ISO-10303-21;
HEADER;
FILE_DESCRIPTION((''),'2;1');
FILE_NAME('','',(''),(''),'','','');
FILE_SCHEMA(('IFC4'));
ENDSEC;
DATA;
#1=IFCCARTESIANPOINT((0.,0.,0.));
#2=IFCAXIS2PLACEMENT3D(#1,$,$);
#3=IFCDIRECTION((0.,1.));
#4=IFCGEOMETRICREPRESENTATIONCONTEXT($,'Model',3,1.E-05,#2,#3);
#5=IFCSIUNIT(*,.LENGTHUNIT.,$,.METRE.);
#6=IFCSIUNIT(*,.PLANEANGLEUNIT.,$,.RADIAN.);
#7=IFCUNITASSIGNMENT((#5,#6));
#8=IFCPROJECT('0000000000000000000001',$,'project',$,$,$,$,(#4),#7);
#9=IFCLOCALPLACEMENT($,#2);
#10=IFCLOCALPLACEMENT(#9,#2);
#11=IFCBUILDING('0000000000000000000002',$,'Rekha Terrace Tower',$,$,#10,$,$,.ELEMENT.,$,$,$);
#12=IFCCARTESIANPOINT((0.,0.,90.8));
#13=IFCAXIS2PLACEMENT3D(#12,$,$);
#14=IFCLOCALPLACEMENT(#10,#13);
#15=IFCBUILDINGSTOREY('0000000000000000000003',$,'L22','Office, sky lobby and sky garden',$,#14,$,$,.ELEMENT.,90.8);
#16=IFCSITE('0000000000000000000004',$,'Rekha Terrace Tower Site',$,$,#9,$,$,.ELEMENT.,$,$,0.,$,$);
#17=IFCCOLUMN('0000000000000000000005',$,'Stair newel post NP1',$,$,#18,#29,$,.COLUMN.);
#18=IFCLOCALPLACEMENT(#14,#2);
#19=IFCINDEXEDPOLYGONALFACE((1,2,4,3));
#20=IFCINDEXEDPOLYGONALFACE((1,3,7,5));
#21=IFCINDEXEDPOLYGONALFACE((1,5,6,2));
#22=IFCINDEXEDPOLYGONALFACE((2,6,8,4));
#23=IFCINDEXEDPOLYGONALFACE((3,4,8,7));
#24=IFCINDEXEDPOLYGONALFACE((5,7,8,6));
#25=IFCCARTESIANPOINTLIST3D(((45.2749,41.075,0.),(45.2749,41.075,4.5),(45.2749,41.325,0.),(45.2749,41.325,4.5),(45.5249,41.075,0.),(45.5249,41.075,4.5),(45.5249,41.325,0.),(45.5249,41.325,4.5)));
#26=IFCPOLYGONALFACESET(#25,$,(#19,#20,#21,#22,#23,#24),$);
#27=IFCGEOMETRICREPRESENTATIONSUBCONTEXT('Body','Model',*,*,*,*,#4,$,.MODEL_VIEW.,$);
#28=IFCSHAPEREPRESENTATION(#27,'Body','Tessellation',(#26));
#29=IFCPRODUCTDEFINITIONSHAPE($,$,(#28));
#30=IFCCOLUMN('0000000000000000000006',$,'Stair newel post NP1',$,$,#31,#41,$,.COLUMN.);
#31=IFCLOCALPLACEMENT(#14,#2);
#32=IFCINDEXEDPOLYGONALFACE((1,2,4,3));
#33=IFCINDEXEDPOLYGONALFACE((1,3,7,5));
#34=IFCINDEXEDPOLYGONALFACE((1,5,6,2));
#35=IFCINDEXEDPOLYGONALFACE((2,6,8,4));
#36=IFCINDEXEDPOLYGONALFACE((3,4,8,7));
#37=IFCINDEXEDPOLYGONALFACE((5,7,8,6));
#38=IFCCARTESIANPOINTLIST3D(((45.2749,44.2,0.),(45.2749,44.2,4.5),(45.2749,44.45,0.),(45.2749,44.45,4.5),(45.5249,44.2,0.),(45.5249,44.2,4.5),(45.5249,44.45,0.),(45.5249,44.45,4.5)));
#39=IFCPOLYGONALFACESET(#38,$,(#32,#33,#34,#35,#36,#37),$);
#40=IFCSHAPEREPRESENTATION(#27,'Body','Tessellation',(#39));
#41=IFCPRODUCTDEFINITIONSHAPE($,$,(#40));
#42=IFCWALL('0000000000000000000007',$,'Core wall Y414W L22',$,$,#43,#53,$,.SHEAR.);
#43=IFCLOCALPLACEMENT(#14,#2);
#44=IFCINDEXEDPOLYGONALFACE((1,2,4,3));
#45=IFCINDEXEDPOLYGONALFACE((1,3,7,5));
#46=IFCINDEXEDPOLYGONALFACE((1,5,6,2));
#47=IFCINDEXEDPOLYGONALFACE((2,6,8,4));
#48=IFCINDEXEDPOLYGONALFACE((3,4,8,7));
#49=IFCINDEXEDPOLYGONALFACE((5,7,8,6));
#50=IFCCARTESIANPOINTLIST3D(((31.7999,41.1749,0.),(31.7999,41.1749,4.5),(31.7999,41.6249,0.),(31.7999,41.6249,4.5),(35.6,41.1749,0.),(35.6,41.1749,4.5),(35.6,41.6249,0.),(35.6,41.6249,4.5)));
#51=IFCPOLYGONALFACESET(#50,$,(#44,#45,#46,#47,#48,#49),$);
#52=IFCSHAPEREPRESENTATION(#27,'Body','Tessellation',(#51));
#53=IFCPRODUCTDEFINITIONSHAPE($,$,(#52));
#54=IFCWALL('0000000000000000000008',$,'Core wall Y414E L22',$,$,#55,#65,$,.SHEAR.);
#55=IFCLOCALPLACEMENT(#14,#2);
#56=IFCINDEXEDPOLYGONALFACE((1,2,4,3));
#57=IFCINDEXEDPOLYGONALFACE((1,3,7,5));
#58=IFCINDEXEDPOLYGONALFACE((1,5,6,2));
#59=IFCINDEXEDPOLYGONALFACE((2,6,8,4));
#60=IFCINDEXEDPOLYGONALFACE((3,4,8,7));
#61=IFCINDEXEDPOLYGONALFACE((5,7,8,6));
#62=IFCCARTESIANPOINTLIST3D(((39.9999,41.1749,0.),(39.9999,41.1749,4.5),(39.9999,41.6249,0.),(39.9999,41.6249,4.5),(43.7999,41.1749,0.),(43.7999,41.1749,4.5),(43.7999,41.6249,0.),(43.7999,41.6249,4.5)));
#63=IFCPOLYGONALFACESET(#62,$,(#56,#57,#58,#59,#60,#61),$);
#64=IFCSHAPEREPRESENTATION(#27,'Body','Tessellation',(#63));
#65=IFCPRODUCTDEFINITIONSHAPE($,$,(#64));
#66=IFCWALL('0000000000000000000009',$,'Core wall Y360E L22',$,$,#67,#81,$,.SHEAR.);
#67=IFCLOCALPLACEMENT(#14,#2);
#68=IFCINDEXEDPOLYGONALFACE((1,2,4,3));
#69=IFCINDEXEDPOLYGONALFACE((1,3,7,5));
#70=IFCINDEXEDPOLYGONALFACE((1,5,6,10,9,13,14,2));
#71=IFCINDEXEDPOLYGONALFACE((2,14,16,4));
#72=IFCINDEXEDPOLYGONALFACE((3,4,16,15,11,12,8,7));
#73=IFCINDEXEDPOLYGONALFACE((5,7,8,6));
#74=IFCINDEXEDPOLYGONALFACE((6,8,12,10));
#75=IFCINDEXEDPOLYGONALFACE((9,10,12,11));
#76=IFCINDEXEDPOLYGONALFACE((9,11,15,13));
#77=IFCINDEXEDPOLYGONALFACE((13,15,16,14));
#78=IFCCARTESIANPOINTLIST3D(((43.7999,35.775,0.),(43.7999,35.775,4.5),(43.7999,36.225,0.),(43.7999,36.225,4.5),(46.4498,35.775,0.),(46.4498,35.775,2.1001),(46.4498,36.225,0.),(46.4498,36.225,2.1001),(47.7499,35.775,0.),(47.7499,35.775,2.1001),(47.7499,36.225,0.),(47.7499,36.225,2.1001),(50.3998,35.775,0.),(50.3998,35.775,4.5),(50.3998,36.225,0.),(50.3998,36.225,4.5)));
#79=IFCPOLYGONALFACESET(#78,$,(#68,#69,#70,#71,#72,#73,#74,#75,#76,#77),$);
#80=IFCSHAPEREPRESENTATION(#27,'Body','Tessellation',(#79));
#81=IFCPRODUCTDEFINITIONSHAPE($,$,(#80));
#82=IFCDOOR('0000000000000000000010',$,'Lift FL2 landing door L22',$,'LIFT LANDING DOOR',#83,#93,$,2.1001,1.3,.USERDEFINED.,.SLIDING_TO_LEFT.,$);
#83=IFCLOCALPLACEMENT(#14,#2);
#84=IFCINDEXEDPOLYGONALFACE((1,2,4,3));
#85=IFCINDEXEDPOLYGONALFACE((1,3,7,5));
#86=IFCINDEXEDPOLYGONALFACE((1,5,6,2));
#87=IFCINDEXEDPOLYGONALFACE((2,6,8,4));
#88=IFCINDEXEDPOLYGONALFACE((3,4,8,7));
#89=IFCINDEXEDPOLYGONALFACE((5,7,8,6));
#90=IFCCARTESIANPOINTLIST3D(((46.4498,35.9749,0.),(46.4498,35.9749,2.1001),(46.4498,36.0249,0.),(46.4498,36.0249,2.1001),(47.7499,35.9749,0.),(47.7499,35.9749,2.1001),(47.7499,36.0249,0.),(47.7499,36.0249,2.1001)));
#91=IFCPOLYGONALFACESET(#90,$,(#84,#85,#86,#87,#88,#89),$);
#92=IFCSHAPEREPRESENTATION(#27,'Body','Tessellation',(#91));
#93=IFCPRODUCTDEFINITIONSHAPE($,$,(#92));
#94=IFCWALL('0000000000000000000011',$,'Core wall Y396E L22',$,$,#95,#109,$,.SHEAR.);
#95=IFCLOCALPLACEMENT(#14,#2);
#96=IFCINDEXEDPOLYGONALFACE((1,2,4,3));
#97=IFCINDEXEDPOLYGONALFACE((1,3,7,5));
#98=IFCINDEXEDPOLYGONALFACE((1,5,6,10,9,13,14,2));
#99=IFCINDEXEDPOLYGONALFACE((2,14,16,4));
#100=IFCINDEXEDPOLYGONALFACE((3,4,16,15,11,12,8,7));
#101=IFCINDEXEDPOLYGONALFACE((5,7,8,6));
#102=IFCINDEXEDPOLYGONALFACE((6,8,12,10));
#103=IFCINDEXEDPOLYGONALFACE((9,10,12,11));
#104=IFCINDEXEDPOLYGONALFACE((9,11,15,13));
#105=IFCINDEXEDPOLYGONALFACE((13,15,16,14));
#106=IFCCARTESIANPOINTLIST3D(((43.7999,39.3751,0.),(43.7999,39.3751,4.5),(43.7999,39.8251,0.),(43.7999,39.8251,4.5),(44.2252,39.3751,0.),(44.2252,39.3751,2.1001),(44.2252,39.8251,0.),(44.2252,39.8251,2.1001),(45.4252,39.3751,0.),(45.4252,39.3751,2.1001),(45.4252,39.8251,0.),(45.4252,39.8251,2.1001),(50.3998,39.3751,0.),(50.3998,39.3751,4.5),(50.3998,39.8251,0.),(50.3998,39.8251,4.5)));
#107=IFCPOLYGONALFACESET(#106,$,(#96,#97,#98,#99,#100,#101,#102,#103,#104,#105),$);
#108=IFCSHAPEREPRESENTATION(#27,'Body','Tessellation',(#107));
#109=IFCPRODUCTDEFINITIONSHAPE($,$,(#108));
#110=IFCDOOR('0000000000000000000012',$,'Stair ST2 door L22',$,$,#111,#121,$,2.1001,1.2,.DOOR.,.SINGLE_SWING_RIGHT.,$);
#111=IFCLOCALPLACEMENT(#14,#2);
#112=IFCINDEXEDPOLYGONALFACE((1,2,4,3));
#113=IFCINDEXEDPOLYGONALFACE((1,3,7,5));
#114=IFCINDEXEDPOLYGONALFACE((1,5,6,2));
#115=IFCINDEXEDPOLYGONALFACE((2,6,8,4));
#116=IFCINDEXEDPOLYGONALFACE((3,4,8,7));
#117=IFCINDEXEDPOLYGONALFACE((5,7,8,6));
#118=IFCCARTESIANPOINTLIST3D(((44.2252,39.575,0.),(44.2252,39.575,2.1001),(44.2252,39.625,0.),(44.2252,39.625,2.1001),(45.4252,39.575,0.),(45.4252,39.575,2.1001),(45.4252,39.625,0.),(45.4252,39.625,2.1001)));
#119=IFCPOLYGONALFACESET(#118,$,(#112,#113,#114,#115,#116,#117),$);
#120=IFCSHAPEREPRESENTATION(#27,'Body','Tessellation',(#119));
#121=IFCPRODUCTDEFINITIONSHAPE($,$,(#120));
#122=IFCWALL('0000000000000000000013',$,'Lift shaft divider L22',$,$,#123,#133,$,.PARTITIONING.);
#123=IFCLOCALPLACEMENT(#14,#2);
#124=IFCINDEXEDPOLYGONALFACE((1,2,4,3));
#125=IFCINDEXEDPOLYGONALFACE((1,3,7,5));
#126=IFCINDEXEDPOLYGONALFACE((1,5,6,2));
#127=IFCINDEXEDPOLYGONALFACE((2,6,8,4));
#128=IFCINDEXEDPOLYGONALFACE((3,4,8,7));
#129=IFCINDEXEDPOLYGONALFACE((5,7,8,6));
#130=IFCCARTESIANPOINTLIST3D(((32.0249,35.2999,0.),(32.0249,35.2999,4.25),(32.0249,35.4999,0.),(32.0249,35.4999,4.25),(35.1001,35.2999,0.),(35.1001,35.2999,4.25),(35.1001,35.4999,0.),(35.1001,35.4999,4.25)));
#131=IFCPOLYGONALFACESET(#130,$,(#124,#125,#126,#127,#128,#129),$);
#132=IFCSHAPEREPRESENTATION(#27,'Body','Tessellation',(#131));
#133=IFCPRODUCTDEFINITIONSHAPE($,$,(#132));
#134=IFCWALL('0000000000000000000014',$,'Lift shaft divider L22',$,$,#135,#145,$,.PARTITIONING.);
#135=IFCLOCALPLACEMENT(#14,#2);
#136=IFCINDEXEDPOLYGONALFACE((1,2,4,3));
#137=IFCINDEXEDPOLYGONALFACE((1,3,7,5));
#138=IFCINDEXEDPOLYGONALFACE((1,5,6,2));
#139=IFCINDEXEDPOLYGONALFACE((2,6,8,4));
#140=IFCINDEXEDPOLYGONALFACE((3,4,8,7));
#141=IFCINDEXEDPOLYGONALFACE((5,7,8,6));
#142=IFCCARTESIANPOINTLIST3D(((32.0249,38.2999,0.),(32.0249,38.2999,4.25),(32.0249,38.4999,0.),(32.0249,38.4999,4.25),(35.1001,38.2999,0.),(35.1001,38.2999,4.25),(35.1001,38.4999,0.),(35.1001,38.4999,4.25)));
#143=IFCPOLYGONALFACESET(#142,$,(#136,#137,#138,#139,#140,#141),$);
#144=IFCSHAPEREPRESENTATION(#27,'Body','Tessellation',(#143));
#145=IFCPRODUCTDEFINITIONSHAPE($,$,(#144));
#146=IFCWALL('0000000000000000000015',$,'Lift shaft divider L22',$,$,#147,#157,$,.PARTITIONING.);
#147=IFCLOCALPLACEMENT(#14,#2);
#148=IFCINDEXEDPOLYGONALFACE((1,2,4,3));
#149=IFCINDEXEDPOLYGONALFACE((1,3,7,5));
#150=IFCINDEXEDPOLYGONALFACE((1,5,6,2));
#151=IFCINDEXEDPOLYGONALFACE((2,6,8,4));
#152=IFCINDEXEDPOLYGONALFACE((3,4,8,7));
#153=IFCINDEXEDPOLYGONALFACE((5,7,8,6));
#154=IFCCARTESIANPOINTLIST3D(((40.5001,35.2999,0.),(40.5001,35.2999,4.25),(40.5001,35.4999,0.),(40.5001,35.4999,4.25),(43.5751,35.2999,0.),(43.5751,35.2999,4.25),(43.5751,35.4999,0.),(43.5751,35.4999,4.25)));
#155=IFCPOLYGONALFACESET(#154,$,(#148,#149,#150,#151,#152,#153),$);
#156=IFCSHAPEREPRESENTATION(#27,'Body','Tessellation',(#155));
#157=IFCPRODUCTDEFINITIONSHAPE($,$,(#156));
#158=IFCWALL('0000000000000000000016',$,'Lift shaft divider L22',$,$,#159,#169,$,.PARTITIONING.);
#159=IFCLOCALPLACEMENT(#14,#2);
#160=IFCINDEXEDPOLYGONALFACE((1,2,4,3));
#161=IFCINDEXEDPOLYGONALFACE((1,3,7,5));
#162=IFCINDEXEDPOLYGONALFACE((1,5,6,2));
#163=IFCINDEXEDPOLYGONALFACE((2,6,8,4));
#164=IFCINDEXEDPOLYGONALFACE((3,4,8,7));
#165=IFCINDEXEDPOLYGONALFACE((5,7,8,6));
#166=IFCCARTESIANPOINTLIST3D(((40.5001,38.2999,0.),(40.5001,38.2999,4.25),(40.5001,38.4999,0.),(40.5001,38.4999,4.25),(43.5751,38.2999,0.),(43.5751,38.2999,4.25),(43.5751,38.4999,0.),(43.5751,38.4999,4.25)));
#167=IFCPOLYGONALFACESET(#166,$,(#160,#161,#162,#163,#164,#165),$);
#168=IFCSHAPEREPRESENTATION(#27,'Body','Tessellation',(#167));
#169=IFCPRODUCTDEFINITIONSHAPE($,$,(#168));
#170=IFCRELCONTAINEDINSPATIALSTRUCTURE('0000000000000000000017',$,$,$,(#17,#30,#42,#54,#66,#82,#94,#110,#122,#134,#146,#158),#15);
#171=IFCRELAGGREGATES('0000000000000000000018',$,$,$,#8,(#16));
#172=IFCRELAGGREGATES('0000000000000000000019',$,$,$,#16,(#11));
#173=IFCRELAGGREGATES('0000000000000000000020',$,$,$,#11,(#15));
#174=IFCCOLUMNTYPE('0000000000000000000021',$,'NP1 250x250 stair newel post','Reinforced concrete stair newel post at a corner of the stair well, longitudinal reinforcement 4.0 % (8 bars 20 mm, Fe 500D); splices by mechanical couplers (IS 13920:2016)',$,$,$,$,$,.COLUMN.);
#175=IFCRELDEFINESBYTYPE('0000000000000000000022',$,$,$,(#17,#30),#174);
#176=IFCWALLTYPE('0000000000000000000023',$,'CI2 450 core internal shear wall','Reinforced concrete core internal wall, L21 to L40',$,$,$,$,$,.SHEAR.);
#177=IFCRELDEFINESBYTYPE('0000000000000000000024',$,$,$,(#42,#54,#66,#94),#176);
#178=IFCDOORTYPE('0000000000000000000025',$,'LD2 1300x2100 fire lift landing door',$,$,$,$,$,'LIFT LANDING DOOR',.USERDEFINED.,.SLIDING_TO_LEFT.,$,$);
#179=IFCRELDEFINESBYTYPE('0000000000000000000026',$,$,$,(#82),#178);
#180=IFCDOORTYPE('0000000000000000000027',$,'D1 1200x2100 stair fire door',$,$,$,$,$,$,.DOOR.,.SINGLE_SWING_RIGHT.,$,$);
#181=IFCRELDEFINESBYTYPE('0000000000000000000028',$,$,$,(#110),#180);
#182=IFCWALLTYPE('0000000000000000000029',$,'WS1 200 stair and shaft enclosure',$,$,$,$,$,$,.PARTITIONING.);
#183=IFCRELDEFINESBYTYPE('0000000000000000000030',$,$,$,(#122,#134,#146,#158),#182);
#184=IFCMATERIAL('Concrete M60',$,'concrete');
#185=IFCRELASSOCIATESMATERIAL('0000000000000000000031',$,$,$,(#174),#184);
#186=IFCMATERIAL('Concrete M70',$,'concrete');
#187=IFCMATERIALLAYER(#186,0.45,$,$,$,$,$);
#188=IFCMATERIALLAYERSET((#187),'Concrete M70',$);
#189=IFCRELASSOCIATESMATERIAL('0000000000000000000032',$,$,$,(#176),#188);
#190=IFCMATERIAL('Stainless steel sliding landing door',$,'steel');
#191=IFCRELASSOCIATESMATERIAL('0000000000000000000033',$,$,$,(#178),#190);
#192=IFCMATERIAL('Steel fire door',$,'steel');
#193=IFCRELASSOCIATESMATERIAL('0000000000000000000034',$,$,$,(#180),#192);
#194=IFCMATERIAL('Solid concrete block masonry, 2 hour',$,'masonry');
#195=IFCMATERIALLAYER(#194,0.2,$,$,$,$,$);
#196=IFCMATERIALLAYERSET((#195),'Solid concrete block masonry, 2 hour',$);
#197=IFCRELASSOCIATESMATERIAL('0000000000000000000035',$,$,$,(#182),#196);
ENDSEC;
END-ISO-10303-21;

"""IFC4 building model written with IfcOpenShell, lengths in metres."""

from ifc_helpers import new_model, si_unit, direction, frame, frame_2d, origin, origin_2d, place, context, subcontext, project, spatial, rectangle, extrude, material, layer, layer_set, material_profile, profile_set, type_object, element, fill, save


model = new_model("IFC4")

# Units and contexts
model_context = context("Model", 3, precision=1e-05, world=origin(), true_north=direction((0.0, 1.0)))
body_context = subcontext(model_context, "Body", "Model", "MODEL_VIEW")
ifc_project = project(units=[si_unit("LENGTHUNIT", "METRE"), si_unit("PLANEANGLEUNIT", "RADIAN")], contexts=[model_context])

# Site, building, storey
site_placement = place(None, origin())
site = spatial("IfcSite", under=ifc_project, at=site_placement, Name="Rekha Terrace Tower Site", CompositionType="ELEMENT", RefElevation=0.0)
building_placement = place(site_placement, origin())
building = spatial("IfcBuilding", under=site, at=building_placement, Name="Rekha Terrace Tower", CompositionType="ELEMENT")
storey_placement = place(building_placement, frame((0.0, 0.0, 90.8)))
storey = spatial("IfcBuildingStorey", under=building, at=storey_placement, Name="L22", Description="Office, sky lobby and sky garden", CompositionType="ELEMENT", Elevation=90.8)

# Columns
ifc_material_1 = material(Name="Concrete M60", Category="concrete")
ifc_material_profile = material_profile(ifc_material_1, rectangle(XDim=0.25, YDim=0.25, at=origin_2d()), Name="RC 250x250")
ifc_profile_set = profile_set([ifc_material_profile], Name="Concrete M60")
column_type = type_object("IfcColumnType", Name="NP1 250x250 stair newel post", Description="Reinforced concrete stair newel post at a corner of the stair well, longitudinal reinforcement 4.0 % (8 bars 20 mm, Fe 500D); splices by mechanical couplers (IS 13920:2016)", PredefinedType="COLUMN", material=ifc_profile_set)
for number, where, z_axis, x_axis, name in (
    (1, (45.3999, 41.2, 0.0), (0.0, 0.0, 1.0), (1.0, 0.0, 0.0), "Stair newel post NP1"),
    (2, (45.3999, 44.325, 0.0), (0.0, 0.0, 1.0), (1.0, 0.0, 0.0), "Stair newel post NP1"),
):
    element("IfcColumn", number, at=place(storey_placement, frame(where, z_axis=z_axis, x_axis=x_axis)), inside=storey, type_object=column_type, Name=name, PredefinedType="COLUMN", context=body_context, shape_type="SweptSolid", body=[
        extrude(rectangle(XDim=0.25, YDim=0.25, at=origin_2d()), origin(), (0.0, 0.0, 1.0), 4.5),
    ])

# Walls
ifc_material_2 = material(Name="Concrete M70", Category="concrete")
ifc_layer_1 = layer(ifc_material_2, 0.45)
ifc_layer_set_1 = layer_set([ifc_layer_1], Name="Concrete M70")
wall_type_1 = type_object("IfcWallType", Name="CI2 450 core internal shear wall", Description="Reinforced concrete core internal wall, L21 to L40", PredefinedType="SHEAR", material=ifc_layer_set_1)
for number, where, z_axis, x_axis, name in (
    (3, (31.8, 41.3999, 0.0), (0.0, 0.0, 1.0), (1.0, 0.0, 0.0), "Core wall Y414W L22"),
    (4, (40.0, 41.3999, 0.0), (0.0, 0.0, 1.0), (1.0, 0.0, 0.0), "Core wall Y414E L22"),
):
    element("IfcWall", number, at=place(storey_placement, frame(where, z_axis=z_axis, x_axis=x_axis)), inside=storey, type_object=wall_type_1, Name=name, PredefinedType="SHEAR", context=body_context, shape_type="SweptSolid", body=[
        extrude(rectangle(XDim=3.8, YDim=0.45, at=frame_2d((1.8999, 0.0))), origin(), (0.0, 0.0, 1.0), 4.5),
    ])

# Walls, openings, doors
wall_1_placement = place(storey_placement, frame((43.8, 36.0, 0.0), z_axis=(0.0, 0.0, 1.0), x_axis=(1.0, 0.0, 0.0)))
wall_1 = element("IfcWall", 5, at=wall_1_placement, inside=storey, type_object=wall_type_1, Name="Core wall Y360E L22", PredefinedType="SHEAR", context=body_context, shape_type="SweptSolid", body=[
    extrude(rectangle(XDim=6.5999, YDim=0.45, at=frame_2d((3.2998, 0.0))), origin(), (0.0, 0.0, 1.0), 4.5),
])
opening_1_placement = place(wall_1_placement, frame((2.6499, 0.0, 0.0)))
opening_1 = element("IfcOpeningElement", 6, at=opening_1_placement, cuts=wall_1, PredefinedType="OPENING", context=body_context, shape_type="SweptSolid", body=[
    extrude(rectangle(XDim=1.3, YDim=2.1001, at=frame_2d((0.6499, 1.05))), frame((0.0, 0.2349, 0.0), z_axis=(0.0, -1.0, 0.0), x_axis=(1.0, 0.0, 0.0)), (0.0, 0.0, 1.0), 0.47),
])
ifc_material_3 = material(Name="Stainless steel sliding landing door", Category="steel")
door_type_1 = type_object("IfcDoorType", Name="LD2 1300x2100 fire lift landing door", ElementType="LIFT LANDING DOOR", OperationType="SLIDING_TO_LEFT", PredefinedType="USERDEFINED", material=ifc_material_3)
door_1_placement = place(opening_1_placement, origin())
door_1 = element("IfcDoor", 7, at=door_1_placement, inside=storey, type_object=door_type_1, Name="Lift FL2 landing door L22", ObjectType="LIFT LANDING DOOR", OperationType="SLIDING_TO_LEFT", OverallHeight=2.1001, OverallWidth=1.3, PredefinedType="USERDEFINED", context=body_context, shape_type="SweptSolid", body=[
    extrude(rectangle(XDim=1.3, YDim=2.1001, at=frame_2d((0.6499, 1.05))), frame((0.0, 0.0249, 0.0), z_axis=(0.0, -1.0, 0.0), x_axis=(1.0, 0.0, 0.0)), (0.0, 0.0, 1.0), 0.05),
])
fill(opening_1, door_1)
wall_2_placement = place(storey_placement, frame((43.8, 39.6001, 0.0), z_axis=(0.0, 0.0, 1.0), x_axis=(1.0, 0.0, 0.0)))
wall_2 = element("IfcWall", 8, at=wall_2_placement, inside=storey, type_object=wall_type_1, Name="Core wall Y396E L22", PredefinedType="SHEAR", context=body_context, shape_type="SweptSolid", body=[
    extrude(rectangle(XDim=6.5999, YDim=0.45, at=frame_2d((3.2998, 0.0))), origin(), (0.0, 0.0, 1.0), 4.5),
])
opening_2_placement = place(wall_2_placement, frame((0.425, 0.0, 0.0)))
opening_2 = element("IfcOpeningElement", 9, at=opening_2_placement, cuts=wall_2, PredefinedType="OPENING", context=body_context, shape_type="SweptSolid", body=[
    extrude(rectangle(XDim=1.2, YDim=2.1001, at=frame_2d((0.6001, 1.05))), frame((0.0, 0.2349, 0.0), z_axis=(0.0, -1.0, 0.0), x_axis=(1.0, 0.0, 0.0)), (0.0, 0.0, 1.0), 0.47),
])
ifc_material_4 = material(Name="Steel fire door", Category="steel")
door_type_2 = type_object("IfcDoorType", Name="D1 1200x2100 stair fire door", OperationType="SINGLE_SWING_RIGHT", PredefinedType="DOOR", material=ifc_material_4)
door_2_placement = place(opening_2_placement, origin())
door_2 = element("IfcDoor", 10, at=door_2_placement, inside=storey, type_object=door_type_2, Name="Stair ST2 door L22", OperationType="SINGLE_SWING_RIGHT", OverallHeight=2.1001, OverallWidth=1.2, PredefinedType="DOOR", context=body_context, shape_type="SweptSolid", body=[
    extrude(rectangle(XDim=1.2, YDim=2.1001, at=frame_2d((0.6001, 1.05))), frame((0.0, 0.0249, 0.0), z_axis=(0.0, -1.0, 0.0), x_axis=(1.0, 0.0, 0.0)), (0.0, 0.0, 1.0), 0.05),
])
fill(opening_2, door_2)

# Walls
ifc_material_5 = material(Name="Solid concrete block masonry, 2 hour", Category="masonry")
ifc_layer_2 = layer(ifc_material_5, 0.2)
ifc_layer_set_2 = layer_set([ifc_layer_2], Name="Solid concrete block masonry, 2 hour")
wall_type_2 = type_object("IfcWallType", Name="WS1 200 stair and shaft enclosure", PredefinedType="PARTITIONING", material=ifc_layer_set_2)
for number, where, z_axis, x_axis, name in (
    (11, (32.0249, 35.3999, 0.0), (0.0, 0.0, 1.0), (1.0, 0.0, 0.0), "Lift shaft divider L22"),
    (12, (32.0249, 38.3999, 0.0), (0.0, 0.0, 1.0), (1.0, 0.0, 0.0), "Lift shaft divider L22"),
):
    element("IfcWall", number, at=place(storey_placement, frame(where, z_axis=z_axis, x_axis=x_axis)), inside=storey, type_object=wall_type_2, Name=name, PredefinedType="PARTITIONING", context=body_context, shape_type="SweptSolid", body=[
        extrude(rectangle(XDim=3.0752, YDim=0.2, at=frame_2d((1.5376, 0.0))), origin(), (0.0, 0.0, 1.0), 4.25),
    ])
for number, where, z_axis, x_axis, name in (
    (13, (40.5, 35.3999, 0.0), (0.0, 0.0, 1.0), (1.0, 0.0, 0.0), "Lift shaft divider L22"),
    (14, (40.5, 38.3999, 0.0), (0.0, 0.0, 1.0), (1.0, 0.0, 0.0), "Lift shaft divider L22"),
):
    element("IfcWall", number, at=place(storey_placement, frame(where, z_axis=z_axis, x_axis=x_axis)), inside=storey, type_object=wall_type_2, Name=name, PredefinedType="PARTITIONING", context=body_context, shape_type="SweptSolid", body=[
        extrude(rectangle(XDim=3.075, YDim=0.2, at=frame_2d((1.5376, 0.0))), origin(), (0.0, 0.0, 1.0), 4.25),
    ])

save(model, "model.ifc")
